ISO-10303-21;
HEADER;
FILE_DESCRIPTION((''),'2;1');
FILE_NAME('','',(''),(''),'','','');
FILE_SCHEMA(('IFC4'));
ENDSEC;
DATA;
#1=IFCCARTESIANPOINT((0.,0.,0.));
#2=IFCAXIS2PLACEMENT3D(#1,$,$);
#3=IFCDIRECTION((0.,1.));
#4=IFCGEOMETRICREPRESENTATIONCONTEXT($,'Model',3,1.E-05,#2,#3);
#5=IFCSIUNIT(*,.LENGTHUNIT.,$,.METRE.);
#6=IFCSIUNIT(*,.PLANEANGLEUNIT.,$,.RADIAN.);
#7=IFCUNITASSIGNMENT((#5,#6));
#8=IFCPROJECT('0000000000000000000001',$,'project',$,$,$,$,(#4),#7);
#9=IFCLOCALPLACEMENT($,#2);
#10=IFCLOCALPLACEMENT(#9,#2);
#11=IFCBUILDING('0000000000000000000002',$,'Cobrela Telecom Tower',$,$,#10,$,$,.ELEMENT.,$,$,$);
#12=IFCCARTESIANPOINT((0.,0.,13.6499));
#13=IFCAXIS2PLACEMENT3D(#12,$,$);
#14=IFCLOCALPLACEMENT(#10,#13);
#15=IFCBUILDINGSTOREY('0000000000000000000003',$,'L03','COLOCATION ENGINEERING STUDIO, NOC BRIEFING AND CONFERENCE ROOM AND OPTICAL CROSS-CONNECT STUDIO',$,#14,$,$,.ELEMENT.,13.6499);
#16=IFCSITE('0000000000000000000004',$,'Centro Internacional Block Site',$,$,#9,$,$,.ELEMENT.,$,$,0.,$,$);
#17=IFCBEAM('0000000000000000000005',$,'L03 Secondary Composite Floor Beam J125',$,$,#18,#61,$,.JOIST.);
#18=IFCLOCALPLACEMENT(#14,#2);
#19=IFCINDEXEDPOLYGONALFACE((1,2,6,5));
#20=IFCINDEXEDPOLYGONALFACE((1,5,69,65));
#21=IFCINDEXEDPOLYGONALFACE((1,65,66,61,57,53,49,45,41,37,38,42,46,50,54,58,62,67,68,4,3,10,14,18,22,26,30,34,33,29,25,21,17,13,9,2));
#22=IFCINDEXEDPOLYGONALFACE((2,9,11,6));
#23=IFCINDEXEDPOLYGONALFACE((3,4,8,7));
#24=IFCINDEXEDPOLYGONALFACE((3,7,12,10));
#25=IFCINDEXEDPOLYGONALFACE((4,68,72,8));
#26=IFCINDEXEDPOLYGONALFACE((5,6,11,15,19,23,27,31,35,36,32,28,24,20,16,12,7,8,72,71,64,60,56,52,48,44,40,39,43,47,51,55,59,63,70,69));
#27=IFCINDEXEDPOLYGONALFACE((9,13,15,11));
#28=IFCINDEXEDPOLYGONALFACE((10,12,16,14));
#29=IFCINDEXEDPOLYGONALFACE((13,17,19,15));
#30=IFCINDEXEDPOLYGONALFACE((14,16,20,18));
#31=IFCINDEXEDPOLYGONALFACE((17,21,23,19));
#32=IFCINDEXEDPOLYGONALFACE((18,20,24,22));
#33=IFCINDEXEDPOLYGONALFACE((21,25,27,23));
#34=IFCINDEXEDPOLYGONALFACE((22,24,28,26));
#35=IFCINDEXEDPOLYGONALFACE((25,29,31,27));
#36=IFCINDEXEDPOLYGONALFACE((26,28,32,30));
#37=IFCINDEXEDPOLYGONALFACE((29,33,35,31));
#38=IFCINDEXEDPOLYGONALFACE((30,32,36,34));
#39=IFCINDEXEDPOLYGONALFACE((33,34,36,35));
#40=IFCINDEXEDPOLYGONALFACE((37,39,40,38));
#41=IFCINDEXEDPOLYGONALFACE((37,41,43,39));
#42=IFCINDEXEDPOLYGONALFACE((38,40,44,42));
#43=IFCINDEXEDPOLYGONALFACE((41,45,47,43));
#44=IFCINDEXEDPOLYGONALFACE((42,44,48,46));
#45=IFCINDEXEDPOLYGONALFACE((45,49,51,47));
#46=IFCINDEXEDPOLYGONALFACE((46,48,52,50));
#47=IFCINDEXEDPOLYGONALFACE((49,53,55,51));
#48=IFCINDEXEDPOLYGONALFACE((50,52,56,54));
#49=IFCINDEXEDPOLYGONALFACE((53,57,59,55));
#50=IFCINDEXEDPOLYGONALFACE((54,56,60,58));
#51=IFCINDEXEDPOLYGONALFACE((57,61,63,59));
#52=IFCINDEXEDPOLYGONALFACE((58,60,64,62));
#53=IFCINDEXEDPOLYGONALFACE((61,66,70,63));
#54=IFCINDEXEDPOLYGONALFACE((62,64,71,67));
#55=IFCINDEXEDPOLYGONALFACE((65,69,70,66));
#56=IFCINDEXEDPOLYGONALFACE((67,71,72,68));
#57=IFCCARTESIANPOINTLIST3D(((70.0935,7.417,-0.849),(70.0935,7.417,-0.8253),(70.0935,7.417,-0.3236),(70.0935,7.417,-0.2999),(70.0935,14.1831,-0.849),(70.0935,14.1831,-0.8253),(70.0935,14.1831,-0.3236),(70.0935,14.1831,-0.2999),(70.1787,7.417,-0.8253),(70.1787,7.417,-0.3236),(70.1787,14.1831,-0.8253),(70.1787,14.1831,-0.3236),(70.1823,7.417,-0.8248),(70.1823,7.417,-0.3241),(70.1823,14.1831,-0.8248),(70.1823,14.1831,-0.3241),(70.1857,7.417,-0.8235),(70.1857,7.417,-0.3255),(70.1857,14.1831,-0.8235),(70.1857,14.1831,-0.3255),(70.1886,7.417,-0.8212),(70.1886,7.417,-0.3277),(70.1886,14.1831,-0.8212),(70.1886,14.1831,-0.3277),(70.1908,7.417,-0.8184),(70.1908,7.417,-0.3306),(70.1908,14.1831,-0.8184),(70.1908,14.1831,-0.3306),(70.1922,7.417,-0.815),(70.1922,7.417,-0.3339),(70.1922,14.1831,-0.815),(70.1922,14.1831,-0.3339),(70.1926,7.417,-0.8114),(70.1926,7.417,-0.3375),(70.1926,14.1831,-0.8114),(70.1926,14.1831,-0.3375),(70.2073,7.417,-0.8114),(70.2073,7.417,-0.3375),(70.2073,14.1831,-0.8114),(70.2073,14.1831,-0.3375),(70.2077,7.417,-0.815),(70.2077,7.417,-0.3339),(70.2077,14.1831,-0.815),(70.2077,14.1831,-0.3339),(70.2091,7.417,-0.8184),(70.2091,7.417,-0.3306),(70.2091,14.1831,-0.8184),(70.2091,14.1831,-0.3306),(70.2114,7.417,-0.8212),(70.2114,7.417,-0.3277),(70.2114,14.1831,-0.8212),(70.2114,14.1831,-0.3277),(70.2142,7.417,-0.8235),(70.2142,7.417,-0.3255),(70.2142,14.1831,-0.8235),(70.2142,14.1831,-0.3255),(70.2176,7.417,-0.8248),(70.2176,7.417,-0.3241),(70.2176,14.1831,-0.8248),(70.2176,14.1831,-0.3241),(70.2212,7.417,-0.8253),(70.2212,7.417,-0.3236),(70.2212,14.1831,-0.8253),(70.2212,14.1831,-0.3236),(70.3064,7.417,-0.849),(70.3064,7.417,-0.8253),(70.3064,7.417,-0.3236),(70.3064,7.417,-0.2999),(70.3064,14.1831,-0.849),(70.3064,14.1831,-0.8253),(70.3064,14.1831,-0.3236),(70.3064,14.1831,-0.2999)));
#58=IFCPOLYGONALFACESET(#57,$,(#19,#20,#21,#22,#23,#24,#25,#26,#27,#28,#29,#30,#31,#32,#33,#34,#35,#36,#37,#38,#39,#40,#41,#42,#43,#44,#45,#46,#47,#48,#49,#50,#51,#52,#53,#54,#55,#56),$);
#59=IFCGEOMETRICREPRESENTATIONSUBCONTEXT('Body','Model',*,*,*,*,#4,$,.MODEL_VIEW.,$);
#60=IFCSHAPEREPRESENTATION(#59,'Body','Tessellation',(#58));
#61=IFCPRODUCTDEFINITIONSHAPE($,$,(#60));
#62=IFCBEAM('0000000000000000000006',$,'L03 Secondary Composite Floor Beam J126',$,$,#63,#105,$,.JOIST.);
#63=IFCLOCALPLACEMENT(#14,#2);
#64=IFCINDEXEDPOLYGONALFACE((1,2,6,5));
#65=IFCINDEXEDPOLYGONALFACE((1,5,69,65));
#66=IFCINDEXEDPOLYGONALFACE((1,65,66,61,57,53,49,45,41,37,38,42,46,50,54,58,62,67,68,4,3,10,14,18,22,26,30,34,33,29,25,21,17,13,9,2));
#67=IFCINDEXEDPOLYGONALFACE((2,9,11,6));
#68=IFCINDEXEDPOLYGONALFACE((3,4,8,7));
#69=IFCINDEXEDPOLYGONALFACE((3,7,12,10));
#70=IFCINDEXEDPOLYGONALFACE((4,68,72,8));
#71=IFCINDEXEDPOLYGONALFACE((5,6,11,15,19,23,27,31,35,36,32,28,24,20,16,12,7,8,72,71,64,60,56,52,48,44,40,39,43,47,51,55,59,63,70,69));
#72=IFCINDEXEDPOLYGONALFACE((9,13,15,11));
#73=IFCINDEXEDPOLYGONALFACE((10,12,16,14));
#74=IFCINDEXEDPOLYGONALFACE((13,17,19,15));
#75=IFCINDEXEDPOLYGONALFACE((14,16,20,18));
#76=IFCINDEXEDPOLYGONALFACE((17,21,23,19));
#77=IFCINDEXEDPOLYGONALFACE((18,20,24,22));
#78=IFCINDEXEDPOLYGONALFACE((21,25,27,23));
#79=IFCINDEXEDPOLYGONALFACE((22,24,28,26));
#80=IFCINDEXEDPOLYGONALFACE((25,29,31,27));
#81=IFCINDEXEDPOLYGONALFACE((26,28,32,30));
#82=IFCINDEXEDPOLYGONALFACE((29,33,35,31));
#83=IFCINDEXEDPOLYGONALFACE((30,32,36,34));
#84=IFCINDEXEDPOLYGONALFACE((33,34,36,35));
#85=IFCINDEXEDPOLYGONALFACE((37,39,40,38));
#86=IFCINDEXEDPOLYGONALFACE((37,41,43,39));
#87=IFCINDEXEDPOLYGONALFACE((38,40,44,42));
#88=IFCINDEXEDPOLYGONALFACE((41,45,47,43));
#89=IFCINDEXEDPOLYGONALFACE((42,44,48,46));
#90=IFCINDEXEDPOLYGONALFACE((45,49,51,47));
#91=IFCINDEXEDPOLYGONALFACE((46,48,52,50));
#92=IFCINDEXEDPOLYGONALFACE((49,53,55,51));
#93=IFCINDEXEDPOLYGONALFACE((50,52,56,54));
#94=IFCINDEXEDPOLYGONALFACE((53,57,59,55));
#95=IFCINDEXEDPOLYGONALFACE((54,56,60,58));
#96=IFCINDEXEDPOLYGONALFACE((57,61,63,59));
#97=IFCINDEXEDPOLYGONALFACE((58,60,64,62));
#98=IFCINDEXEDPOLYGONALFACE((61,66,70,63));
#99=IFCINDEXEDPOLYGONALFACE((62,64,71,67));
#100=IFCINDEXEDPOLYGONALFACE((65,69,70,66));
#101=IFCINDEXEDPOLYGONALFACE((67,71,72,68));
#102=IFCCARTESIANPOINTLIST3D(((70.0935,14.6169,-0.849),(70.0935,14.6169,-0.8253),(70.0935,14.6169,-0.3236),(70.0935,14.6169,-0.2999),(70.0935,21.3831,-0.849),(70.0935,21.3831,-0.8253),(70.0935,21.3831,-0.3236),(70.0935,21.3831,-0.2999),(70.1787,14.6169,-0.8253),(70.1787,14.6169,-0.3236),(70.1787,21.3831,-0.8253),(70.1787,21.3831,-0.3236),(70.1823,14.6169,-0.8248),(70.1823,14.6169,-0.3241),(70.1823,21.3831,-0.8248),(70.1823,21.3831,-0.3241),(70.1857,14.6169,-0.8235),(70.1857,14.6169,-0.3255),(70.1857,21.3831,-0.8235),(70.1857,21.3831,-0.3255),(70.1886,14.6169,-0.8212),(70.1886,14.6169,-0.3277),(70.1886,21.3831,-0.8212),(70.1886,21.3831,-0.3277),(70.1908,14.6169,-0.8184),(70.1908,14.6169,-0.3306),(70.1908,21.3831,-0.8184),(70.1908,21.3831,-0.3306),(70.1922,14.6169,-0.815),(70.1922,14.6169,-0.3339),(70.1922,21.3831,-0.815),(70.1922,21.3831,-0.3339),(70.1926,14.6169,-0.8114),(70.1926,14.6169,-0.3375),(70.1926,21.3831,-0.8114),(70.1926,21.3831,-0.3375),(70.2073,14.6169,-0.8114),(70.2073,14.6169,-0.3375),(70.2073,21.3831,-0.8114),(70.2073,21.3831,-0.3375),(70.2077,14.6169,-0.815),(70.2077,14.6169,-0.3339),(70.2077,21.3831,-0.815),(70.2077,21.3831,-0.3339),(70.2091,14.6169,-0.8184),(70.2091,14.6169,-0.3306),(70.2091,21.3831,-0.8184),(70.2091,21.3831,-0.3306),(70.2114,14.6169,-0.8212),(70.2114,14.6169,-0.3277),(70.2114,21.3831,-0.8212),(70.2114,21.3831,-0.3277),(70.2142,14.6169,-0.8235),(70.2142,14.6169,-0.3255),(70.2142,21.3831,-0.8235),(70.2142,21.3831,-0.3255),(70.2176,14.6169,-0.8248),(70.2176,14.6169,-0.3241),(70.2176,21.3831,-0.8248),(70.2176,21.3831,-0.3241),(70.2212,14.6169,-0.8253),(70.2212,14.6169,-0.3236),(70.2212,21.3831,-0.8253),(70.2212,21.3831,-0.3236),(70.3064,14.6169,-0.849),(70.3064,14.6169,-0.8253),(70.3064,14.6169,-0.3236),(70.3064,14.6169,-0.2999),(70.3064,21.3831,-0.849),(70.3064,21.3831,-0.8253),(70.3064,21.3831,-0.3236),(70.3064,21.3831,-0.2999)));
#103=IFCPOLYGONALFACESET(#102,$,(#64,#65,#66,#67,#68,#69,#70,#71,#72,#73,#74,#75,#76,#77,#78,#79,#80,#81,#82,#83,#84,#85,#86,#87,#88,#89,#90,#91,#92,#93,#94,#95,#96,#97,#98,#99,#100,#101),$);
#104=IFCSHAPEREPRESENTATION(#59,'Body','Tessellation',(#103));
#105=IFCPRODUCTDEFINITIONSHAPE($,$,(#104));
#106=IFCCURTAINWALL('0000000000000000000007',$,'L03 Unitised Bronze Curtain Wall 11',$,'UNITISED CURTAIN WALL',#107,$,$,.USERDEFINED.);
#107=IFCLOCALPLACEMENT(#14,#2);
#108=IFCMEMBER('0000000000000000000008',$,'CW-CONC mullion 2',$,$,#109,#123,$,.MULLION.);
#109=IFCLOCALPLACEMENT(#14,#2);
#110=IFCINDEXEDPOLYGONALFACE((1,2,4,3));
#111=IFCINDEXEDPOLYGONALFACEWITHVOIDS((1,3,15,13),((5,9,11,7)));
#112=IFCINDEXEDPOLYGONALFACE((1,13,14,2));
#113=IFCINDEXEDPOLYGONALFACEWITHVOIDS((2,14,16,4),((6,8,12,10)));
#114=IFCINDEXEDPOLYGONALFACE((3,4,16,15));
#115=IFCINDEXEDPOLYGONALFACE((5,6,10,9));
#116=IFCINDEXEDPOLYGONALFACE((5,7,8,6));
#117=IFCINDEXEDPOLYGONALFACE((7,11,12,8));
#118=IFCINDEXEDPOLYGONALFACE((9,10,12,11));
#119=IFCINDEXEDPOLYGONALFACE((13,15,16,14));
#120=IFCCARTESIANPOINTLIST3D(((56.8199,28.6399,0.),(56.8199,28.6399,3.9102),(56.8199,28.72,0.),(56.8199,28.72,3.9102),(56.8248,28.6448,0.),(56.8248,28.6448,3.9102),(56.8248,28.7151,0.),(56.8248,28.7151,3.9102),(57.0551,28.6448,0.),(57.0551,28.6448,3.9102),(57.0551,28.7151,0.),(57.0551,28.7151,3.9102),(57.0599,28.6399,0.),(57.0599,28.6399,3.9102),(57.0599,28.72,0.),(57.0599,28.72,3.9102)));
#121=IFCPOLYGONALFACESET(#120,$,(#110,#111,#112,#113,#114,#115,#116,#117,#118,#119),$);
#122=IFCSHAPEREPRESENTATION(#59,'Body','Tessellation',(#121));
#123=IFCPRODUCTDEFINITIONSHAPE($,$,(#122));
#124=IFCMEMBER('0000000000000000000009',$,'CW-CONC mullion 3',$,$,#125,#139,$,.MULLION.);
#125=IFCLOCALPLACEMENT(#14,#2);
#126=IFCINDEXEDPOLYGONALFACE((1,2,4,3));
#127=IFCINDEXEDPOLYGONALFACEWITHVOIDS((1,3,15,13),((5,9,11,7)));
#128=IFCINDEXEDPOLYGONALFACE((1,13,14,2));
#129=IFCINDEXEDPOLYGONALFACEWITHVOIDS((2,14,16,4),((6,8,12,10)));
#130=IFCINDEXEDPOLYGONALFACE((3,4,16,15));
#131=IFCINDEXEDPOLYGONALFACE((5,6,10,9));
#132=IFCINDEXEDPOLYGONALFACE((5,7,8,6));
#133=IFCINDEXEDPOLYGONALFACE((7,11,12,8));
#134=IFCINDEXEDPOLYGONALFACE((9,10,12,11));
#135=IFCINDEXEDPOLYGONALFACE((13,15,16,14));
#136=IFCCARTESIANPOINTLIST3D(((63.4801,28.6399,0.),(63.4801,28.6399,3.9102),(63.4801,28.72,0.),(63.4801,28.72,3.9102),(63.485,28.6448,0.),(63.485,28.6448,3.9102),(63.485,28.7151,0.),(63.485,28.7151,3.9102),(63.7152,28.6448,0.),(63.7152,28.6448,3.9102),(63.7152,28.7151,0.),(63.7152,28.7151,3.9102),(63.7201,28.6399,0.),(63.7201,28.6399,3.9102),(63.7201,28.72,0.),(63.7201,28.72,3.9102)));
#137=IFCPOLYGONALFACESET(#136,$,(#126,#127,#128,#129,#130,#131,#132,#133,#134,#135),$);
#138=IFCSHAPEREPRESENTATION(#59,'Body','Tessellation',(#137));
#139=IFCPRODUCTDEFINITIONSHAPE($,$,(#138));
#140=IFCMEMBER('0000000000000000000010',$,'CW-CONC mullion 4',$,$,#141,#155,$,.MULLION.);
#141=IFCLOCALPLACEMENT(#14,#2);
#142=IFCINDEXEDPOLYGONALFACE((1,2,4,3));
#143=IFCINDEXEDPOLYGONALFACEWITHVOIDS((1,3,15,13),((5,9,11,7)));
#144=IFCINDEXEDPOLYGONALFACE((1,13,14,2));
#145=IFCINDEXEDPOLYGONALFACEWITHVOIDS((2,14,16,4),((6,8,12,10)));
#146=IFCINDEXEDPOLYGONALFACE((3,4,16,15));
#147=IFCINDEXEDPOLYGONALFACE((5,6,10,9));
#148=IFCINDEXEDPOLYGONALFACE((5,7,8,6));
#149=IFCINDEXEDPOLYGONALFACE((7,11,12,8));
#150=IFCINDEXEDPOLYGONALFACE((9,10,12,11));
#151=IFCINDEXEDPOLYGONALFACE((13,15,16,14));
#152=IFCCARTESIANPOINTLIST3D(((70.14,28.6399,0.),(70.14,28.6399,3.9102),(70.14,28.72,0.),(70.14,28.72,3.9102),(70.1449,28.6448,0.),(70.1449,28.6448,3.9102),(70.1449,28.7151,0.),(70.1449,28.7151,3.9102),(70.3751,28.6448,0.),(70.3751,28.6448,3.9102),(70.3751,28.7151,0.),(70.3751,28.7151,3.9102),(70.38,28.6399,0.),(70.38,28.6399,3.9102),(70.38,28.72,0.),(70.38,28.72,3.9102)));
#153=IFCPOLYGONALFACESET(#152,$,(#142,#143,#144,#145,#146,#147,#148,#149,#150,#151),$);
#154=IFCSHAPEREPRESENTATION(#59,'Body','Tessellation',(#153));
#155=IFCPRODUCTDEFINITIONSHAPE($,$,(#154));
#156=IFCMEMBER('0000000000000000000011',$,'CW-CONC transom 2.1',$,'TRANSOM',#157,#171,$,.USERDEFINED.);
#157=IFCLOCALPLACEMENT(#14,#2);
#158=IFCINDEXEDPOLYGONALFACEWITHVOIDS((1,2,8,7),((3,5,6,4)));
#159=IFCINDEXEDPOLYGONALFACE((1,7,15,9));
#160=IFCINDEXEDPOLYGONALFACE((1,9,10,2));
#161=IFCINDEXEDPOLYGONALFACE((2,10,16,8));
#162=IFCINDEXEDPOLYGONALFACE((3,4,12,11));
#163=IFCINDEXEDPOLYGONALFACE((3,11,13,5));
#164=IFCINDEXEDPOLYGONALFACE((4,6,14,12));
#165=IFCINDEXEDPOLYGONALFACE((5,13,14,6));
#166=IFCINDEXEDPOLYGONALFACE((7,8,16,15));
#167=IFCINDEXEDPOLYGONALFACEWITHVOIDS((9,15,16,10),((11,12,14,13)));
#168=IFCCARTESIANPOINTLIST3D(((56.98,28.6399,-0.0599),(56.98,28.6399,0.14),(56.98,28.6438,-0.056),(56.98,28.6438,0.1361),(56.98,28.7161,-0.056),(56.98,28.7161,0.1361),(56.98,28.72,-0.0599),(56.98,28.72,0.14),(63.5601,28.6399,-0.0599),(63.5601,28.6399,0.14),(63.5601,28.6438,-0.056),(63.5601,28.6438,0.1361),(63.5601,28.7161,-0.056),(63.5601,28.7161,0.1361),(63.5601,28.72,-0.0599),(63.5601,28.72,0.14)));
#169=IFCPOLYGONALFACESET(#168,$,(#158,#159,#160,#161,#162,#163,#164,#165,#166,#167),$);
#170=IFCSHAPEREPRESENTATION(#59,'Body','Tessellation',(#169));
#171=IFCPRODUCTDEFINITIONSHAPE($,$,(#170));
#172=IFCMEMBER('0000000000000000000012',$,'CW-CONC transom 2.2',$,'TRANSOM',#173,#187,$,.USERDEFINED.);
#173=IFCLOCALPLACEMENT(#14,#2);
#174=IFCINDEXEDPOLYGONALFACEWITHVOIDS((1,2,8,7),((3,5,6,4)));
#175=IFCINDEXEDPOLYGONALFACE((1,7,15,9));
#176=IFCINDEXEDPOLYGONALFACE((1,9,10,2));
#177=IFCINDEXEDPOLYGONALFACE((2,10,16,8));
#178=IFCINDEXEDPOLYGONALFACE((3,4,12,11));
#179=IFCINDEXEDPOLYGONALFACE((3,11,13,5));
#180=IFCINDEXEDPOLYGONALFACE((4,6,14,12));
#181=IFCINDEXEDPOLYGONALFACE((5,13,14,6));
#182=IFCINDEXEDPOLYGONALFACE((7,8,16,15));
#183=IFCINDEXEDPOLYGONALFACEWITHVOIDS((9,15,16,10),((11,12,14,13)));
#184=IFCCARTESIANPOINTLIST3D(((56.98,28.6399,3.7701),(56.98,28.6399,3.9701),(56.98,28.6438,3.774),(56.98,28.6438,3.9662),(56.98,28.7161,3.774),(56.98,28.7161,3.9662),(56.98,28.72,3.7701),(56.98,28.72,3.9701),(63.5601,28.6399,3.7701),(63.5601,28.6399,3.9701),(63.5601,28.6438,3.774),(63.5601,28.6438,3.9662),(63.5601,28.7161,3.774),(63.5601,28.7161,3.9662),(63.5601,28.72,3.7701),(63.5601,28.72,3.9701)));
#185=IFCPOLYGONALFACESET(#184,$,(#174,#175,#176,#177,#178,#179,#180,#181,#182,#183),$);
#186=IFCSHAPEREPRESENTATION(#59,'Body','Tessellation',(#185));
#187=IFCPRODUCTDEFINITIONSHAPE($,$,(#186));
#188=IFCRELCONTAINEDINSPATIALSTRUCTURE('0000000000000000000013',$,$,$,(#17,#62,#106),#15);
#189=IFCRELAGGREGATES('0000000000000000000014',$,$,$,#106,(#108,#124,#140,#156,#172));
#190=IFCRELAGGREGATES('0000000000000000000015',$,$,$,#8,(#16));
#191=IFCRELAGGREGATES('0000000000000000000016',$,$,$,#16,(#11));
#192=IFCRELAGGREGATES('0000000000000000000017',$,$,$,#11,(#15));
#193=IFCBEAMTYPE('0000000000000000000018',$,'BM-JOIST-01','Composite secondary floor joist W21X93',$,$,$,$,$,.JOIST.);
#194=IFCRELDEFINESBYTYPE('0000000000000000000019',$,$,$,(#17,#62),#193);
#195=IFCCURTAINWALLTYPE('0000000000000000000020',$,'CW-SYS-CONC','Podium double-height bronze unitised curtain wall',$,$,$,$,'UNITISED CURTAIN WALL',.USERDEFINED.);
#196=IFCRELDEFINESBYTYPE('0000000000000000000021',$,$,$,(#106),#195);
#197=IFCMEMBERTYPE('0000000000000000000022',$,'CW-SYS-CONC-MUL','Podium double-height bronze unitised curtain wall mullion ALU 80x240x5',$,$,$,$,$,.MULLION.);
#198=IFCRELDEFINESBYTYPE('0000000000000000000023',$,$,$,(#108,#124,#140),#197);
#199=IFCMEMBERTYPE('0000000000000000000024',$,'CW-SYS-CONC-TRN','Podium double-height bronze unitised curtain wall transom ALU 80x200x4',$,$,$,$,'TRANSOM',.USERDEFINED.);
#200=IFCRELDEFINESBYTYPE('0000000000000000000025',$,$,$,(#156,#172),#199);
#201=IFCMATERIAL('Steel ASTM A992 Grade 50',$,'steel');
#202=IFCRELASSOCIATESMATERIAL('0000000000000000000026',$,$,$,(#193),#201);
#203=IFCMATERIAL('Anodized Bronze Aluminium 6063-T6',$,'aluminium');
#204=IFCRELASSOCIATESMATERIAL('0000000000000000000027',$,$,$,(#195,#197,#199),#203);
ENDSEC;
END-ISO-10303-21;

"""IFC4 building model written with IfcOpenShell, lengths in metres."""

from ifc_helpers import new_model, si_unit, direction, frame, origin, origin_2d, place, context, subcontext, project, spatial, hollow_rectangle, i_section, extrude, material, material_profile, profile_set, type_object, element, aggregate, save


model = new_model("IFC4")

# Units and contexts
model_context = context("Model", 3, precision=1e-05, world=origin(), true_north=direction((0.0, 1.0)))
body_context = subcontext(model_context, "Body", "Model", "MODEL_VIEW")
ifc_project = project(units=[si_unit("LENGTHUNIT", "METRE"), si_unit("PLANEANGLEUNIT", "RADIAN")], contexts=[model_context])

# Site, building, storey
site_placement = place(None, origin())
site = spatial("IfcSite", under=ifc_project, at=site_placement, Name="Centro Internacional Block Site", CompositionType="ELEMENT", RefElevation=0.0)
building_placement = place(site_placement, origin())
building = spatial("IfcBuilding", under=site, at=building_placement, Name="Cobrela Telecom Tower", CompositionType="ELEMENT")
storey_placement = place(building_placement, frame((0.0, 0.0, 13.6499)))
storey = spatial("IfcBuildingStorey", under=building, at=storey_placement, Name="L03", Description="COLOCATION ENGINEERING STUDIO, NOC BRIEFING AND CONFERENCE ROOM AND OPTICAL CROSS-CONNECT STUDIO", CompositionType="ELEMENT", Elevation=13.6499)

# Beams
ifc_material_1 = material(Name="Steel ASTM A992 Grade 50", Category="steel")
ifc_material_profile_1 = material_profile(ifc_material_1, i_section(OverallWidth=0.2129, OverallDepth=0.5491, WebThickness=0.0146, FlangeThickness=0.0237, FilletRadius=0.0139, at=origin_2d()), Name="W21X93")
ifc_profile_set_1 = profile_set([ifc_material_profile_1], Name="Steel ASTM A992 Grade 50")
beam_type_1 = type_object("IfcBeamType", Name="BM-JOIST-01", Description="Composite secondary floor joist W21X93", PredefinedType="JOIST", material=ifc_profile_set_1)
for number, where, z_axis, x_axis, name in (
    (1, (70.2, 7.417, -0.5745), (0.0, 1.0, 0.0), (-1.0, 0.0, 0.0), "L03 Secondary Composite Floor Beam J125"),
    (2, (70.2, 14.6169, -0.5745), (0.0, 1.0, 0.0), (-1.0, 0.0, 0.0), "L03 Secondary Composite Floor Beam J126"),
):
    element("IfcBeam", number, at=place(storey_placement, frame(where, z_axis=z_axis, x_axis=x_axis)), inside=storey, type_object=beam_type_1, Name=name, PredefinedType="JOIST", context=body_context, shape_type="SweptSolid", body=[
        extrude(i_section(OverallWidth=0.2129, OverallDepth=0.5491, WebThickness=0.0146, FlangeThickness=0.0237, FilletRadius=0.0139, at=origin_2d()), origin(), (0.0, 0.0, 1.0), 6.7661),
    ])

# Curtain wall, members
ifc_material_2 = material(Name="Anodized Bronze Aluminium 6063-T6", Category="aluminium")
curtain_wall_type = type_object("IfcCurtainWallType", Name="CW-SYS-CONC", Description="Podium double-height bronze unitised curtain wall", ElementType="UNITISED CURTAIN WALL", PredefinedType="USERDEFINED", material=ifc_material_2)
curtain_wall_placement = place(storey_placement, origin())
curtain_wall = element("IfcCurtainWall", 3, at=curtain_wall_placement, inside=storey, type_object=curtain_wall_type, Name="L03 Unitised Bronze Curtain Wall 11", ObjectType="UNITISED CURTAIN WALL", PredefinedType="USERDEFINED")
ifc_material_profile_2 = material_profile(ifc_material_2, hollow_rectangle(XDim=0.0801, YDim=0.24, WallThickness=0.0049, at=origin_2d()), Name="ALU 80x240x5")
ifc_profile_set_2 = profile_set([ifc_material_profile_2], Name="Anodized Bronze Aluminium 6063-T6")
member_type_1 = type_object("IfcMemberType", Name="CW-SYS-CONC-MUL", Description="Podium double-height bronze unitised curtain wall mullion ALU 80x240x5", PredefinedType="MULLION", material=ifc_profile_set_2)
member_1_placement = place(storey_placement, frame((56.9399, 28.6799, 0.0), z_axis=(0.0, 0.0, 1.0), x_axis=(0.0, 1.0, 0.0)))
member_1 = element("IfcMember", 4, at=member_1_placement, type_object=member_type_1, Name="CW-CONC mullion 2", PredefinedType="MULLION", context=body_context, shape_type="SweptSolid", body=[
    extrude(hollow_rectangle(XDim=0.0801, YDim=0.24, WallThickness=0.0049, at=origin_2d()), origin(), (0.0, 0.0, 1.0), 3.9102),
])
member_2_placement = place(storey_placement, frame((63.6001, 28.6799, 0.0), z_axis=(0.0, 0.0, 1.0), x_axis=(0.0, 1.0, 0.0)))
member_2 = element("IfcMember", 5, at=member_2_placement, type_object=member_type_1, Name="CW-CONC mullion 3", PredefinedType="MULLION", context=body_context, shape_type="SweptSolid", body=[
    extrude(hollow_rectangle(XDim=0.0801, YDim=0.24, WallThickness=0.0049, at=origin_2d()), origin(), (0.0, 0.0, 1.0), 3.9102),
])
member_3_placement = place(storey_placement, frame((70.26, 28.6799, 0.0), z_axis=(0.0, 0.0, 1.0), x_axis=(0.0, 1.0, 0.0)))
member_3 = element("IfcMember", 6, at=member_3_placement, type_object=member_type_1, Name="CW-CONC mullion 4", PredefinedType="MULLION", context=body_context, shape_type="SweptSolid", body=[
    extrude(hollow_rectangle(XDim=0.0801, YDim=0.24, WallThickness=0.0049, at=origin_2d()), origin(), (0.0, 0.0, 1.0), 3.9102),
])
ifc_material_profile_3 = material_profile(ifc_material_2, hollow_rectangle(XDim=0.0801, YDim=0.2, WallThickness=0.0039, at=origin_2d()), Name="ALU 80x200x4")
ifc_profile_set_3 = profile_set([ifc_material_profile_3], Name="Anodized Bronze Aluminium 6063-T6")
member_type_2 = type_object("IfcMemberType", Name="CW-SYS-CONC-TRN", Description="Podium double-height bronze unitised curtain wall transom ALU 80x200x4", ElementType="TRANSOM", PredefinedType="USERDEFINED", material=ifc_profile_set_3)
member_4_placement = place(storey_placement, frame((56.98, 28.6799, 0.04), z_axis=(1.0, 0.0, 0.0), x_axis=(0.0, 1.0, 0.0)))
member_4 = element("IfcMember", 7, at=member_4_placement, type_object=member_type_2, Name="CW-CONC transom 2.1", ObjectType="TRANSOM", PredefinedType="USERDEFINED", context=body_context, shape_type="SweptSolid", body=[
    extrude(hollow_rectangle(XDim=0.0801, YDim=0.2, WallThickness=0.0039, at=origin_2d()), origin(), (0.0, 0.0, 1.0), 6.5801),
])
member_5_placement = place(storey_placement, frame((56.98, 28.6799, 3.8701), z_axis=(1.0, 0.0, 0.0), x_axis=(0.0, 1.0, 0.0)))
member_5 = element("IfcMember", 8, at=member_5_placement, type_object=member_type_2, Name="CW-CONC transom 2.2", ObjectType="TRANSOM", PredefinedType="USERDEFINED", context=body_context, shape_type="SweptSolid", body=[
    extrude(hollow_rectangle(XDim=0.0801, YDim=0.2, WallThickness=0.0039, at=origin_2d()), origin(), (0.0, 0.0, 1.0), 6.5801),
])
aggregate(curtain_wall, [member_1, member_2, member_3, member_4, member_5])

save(model, "model.ifc")
